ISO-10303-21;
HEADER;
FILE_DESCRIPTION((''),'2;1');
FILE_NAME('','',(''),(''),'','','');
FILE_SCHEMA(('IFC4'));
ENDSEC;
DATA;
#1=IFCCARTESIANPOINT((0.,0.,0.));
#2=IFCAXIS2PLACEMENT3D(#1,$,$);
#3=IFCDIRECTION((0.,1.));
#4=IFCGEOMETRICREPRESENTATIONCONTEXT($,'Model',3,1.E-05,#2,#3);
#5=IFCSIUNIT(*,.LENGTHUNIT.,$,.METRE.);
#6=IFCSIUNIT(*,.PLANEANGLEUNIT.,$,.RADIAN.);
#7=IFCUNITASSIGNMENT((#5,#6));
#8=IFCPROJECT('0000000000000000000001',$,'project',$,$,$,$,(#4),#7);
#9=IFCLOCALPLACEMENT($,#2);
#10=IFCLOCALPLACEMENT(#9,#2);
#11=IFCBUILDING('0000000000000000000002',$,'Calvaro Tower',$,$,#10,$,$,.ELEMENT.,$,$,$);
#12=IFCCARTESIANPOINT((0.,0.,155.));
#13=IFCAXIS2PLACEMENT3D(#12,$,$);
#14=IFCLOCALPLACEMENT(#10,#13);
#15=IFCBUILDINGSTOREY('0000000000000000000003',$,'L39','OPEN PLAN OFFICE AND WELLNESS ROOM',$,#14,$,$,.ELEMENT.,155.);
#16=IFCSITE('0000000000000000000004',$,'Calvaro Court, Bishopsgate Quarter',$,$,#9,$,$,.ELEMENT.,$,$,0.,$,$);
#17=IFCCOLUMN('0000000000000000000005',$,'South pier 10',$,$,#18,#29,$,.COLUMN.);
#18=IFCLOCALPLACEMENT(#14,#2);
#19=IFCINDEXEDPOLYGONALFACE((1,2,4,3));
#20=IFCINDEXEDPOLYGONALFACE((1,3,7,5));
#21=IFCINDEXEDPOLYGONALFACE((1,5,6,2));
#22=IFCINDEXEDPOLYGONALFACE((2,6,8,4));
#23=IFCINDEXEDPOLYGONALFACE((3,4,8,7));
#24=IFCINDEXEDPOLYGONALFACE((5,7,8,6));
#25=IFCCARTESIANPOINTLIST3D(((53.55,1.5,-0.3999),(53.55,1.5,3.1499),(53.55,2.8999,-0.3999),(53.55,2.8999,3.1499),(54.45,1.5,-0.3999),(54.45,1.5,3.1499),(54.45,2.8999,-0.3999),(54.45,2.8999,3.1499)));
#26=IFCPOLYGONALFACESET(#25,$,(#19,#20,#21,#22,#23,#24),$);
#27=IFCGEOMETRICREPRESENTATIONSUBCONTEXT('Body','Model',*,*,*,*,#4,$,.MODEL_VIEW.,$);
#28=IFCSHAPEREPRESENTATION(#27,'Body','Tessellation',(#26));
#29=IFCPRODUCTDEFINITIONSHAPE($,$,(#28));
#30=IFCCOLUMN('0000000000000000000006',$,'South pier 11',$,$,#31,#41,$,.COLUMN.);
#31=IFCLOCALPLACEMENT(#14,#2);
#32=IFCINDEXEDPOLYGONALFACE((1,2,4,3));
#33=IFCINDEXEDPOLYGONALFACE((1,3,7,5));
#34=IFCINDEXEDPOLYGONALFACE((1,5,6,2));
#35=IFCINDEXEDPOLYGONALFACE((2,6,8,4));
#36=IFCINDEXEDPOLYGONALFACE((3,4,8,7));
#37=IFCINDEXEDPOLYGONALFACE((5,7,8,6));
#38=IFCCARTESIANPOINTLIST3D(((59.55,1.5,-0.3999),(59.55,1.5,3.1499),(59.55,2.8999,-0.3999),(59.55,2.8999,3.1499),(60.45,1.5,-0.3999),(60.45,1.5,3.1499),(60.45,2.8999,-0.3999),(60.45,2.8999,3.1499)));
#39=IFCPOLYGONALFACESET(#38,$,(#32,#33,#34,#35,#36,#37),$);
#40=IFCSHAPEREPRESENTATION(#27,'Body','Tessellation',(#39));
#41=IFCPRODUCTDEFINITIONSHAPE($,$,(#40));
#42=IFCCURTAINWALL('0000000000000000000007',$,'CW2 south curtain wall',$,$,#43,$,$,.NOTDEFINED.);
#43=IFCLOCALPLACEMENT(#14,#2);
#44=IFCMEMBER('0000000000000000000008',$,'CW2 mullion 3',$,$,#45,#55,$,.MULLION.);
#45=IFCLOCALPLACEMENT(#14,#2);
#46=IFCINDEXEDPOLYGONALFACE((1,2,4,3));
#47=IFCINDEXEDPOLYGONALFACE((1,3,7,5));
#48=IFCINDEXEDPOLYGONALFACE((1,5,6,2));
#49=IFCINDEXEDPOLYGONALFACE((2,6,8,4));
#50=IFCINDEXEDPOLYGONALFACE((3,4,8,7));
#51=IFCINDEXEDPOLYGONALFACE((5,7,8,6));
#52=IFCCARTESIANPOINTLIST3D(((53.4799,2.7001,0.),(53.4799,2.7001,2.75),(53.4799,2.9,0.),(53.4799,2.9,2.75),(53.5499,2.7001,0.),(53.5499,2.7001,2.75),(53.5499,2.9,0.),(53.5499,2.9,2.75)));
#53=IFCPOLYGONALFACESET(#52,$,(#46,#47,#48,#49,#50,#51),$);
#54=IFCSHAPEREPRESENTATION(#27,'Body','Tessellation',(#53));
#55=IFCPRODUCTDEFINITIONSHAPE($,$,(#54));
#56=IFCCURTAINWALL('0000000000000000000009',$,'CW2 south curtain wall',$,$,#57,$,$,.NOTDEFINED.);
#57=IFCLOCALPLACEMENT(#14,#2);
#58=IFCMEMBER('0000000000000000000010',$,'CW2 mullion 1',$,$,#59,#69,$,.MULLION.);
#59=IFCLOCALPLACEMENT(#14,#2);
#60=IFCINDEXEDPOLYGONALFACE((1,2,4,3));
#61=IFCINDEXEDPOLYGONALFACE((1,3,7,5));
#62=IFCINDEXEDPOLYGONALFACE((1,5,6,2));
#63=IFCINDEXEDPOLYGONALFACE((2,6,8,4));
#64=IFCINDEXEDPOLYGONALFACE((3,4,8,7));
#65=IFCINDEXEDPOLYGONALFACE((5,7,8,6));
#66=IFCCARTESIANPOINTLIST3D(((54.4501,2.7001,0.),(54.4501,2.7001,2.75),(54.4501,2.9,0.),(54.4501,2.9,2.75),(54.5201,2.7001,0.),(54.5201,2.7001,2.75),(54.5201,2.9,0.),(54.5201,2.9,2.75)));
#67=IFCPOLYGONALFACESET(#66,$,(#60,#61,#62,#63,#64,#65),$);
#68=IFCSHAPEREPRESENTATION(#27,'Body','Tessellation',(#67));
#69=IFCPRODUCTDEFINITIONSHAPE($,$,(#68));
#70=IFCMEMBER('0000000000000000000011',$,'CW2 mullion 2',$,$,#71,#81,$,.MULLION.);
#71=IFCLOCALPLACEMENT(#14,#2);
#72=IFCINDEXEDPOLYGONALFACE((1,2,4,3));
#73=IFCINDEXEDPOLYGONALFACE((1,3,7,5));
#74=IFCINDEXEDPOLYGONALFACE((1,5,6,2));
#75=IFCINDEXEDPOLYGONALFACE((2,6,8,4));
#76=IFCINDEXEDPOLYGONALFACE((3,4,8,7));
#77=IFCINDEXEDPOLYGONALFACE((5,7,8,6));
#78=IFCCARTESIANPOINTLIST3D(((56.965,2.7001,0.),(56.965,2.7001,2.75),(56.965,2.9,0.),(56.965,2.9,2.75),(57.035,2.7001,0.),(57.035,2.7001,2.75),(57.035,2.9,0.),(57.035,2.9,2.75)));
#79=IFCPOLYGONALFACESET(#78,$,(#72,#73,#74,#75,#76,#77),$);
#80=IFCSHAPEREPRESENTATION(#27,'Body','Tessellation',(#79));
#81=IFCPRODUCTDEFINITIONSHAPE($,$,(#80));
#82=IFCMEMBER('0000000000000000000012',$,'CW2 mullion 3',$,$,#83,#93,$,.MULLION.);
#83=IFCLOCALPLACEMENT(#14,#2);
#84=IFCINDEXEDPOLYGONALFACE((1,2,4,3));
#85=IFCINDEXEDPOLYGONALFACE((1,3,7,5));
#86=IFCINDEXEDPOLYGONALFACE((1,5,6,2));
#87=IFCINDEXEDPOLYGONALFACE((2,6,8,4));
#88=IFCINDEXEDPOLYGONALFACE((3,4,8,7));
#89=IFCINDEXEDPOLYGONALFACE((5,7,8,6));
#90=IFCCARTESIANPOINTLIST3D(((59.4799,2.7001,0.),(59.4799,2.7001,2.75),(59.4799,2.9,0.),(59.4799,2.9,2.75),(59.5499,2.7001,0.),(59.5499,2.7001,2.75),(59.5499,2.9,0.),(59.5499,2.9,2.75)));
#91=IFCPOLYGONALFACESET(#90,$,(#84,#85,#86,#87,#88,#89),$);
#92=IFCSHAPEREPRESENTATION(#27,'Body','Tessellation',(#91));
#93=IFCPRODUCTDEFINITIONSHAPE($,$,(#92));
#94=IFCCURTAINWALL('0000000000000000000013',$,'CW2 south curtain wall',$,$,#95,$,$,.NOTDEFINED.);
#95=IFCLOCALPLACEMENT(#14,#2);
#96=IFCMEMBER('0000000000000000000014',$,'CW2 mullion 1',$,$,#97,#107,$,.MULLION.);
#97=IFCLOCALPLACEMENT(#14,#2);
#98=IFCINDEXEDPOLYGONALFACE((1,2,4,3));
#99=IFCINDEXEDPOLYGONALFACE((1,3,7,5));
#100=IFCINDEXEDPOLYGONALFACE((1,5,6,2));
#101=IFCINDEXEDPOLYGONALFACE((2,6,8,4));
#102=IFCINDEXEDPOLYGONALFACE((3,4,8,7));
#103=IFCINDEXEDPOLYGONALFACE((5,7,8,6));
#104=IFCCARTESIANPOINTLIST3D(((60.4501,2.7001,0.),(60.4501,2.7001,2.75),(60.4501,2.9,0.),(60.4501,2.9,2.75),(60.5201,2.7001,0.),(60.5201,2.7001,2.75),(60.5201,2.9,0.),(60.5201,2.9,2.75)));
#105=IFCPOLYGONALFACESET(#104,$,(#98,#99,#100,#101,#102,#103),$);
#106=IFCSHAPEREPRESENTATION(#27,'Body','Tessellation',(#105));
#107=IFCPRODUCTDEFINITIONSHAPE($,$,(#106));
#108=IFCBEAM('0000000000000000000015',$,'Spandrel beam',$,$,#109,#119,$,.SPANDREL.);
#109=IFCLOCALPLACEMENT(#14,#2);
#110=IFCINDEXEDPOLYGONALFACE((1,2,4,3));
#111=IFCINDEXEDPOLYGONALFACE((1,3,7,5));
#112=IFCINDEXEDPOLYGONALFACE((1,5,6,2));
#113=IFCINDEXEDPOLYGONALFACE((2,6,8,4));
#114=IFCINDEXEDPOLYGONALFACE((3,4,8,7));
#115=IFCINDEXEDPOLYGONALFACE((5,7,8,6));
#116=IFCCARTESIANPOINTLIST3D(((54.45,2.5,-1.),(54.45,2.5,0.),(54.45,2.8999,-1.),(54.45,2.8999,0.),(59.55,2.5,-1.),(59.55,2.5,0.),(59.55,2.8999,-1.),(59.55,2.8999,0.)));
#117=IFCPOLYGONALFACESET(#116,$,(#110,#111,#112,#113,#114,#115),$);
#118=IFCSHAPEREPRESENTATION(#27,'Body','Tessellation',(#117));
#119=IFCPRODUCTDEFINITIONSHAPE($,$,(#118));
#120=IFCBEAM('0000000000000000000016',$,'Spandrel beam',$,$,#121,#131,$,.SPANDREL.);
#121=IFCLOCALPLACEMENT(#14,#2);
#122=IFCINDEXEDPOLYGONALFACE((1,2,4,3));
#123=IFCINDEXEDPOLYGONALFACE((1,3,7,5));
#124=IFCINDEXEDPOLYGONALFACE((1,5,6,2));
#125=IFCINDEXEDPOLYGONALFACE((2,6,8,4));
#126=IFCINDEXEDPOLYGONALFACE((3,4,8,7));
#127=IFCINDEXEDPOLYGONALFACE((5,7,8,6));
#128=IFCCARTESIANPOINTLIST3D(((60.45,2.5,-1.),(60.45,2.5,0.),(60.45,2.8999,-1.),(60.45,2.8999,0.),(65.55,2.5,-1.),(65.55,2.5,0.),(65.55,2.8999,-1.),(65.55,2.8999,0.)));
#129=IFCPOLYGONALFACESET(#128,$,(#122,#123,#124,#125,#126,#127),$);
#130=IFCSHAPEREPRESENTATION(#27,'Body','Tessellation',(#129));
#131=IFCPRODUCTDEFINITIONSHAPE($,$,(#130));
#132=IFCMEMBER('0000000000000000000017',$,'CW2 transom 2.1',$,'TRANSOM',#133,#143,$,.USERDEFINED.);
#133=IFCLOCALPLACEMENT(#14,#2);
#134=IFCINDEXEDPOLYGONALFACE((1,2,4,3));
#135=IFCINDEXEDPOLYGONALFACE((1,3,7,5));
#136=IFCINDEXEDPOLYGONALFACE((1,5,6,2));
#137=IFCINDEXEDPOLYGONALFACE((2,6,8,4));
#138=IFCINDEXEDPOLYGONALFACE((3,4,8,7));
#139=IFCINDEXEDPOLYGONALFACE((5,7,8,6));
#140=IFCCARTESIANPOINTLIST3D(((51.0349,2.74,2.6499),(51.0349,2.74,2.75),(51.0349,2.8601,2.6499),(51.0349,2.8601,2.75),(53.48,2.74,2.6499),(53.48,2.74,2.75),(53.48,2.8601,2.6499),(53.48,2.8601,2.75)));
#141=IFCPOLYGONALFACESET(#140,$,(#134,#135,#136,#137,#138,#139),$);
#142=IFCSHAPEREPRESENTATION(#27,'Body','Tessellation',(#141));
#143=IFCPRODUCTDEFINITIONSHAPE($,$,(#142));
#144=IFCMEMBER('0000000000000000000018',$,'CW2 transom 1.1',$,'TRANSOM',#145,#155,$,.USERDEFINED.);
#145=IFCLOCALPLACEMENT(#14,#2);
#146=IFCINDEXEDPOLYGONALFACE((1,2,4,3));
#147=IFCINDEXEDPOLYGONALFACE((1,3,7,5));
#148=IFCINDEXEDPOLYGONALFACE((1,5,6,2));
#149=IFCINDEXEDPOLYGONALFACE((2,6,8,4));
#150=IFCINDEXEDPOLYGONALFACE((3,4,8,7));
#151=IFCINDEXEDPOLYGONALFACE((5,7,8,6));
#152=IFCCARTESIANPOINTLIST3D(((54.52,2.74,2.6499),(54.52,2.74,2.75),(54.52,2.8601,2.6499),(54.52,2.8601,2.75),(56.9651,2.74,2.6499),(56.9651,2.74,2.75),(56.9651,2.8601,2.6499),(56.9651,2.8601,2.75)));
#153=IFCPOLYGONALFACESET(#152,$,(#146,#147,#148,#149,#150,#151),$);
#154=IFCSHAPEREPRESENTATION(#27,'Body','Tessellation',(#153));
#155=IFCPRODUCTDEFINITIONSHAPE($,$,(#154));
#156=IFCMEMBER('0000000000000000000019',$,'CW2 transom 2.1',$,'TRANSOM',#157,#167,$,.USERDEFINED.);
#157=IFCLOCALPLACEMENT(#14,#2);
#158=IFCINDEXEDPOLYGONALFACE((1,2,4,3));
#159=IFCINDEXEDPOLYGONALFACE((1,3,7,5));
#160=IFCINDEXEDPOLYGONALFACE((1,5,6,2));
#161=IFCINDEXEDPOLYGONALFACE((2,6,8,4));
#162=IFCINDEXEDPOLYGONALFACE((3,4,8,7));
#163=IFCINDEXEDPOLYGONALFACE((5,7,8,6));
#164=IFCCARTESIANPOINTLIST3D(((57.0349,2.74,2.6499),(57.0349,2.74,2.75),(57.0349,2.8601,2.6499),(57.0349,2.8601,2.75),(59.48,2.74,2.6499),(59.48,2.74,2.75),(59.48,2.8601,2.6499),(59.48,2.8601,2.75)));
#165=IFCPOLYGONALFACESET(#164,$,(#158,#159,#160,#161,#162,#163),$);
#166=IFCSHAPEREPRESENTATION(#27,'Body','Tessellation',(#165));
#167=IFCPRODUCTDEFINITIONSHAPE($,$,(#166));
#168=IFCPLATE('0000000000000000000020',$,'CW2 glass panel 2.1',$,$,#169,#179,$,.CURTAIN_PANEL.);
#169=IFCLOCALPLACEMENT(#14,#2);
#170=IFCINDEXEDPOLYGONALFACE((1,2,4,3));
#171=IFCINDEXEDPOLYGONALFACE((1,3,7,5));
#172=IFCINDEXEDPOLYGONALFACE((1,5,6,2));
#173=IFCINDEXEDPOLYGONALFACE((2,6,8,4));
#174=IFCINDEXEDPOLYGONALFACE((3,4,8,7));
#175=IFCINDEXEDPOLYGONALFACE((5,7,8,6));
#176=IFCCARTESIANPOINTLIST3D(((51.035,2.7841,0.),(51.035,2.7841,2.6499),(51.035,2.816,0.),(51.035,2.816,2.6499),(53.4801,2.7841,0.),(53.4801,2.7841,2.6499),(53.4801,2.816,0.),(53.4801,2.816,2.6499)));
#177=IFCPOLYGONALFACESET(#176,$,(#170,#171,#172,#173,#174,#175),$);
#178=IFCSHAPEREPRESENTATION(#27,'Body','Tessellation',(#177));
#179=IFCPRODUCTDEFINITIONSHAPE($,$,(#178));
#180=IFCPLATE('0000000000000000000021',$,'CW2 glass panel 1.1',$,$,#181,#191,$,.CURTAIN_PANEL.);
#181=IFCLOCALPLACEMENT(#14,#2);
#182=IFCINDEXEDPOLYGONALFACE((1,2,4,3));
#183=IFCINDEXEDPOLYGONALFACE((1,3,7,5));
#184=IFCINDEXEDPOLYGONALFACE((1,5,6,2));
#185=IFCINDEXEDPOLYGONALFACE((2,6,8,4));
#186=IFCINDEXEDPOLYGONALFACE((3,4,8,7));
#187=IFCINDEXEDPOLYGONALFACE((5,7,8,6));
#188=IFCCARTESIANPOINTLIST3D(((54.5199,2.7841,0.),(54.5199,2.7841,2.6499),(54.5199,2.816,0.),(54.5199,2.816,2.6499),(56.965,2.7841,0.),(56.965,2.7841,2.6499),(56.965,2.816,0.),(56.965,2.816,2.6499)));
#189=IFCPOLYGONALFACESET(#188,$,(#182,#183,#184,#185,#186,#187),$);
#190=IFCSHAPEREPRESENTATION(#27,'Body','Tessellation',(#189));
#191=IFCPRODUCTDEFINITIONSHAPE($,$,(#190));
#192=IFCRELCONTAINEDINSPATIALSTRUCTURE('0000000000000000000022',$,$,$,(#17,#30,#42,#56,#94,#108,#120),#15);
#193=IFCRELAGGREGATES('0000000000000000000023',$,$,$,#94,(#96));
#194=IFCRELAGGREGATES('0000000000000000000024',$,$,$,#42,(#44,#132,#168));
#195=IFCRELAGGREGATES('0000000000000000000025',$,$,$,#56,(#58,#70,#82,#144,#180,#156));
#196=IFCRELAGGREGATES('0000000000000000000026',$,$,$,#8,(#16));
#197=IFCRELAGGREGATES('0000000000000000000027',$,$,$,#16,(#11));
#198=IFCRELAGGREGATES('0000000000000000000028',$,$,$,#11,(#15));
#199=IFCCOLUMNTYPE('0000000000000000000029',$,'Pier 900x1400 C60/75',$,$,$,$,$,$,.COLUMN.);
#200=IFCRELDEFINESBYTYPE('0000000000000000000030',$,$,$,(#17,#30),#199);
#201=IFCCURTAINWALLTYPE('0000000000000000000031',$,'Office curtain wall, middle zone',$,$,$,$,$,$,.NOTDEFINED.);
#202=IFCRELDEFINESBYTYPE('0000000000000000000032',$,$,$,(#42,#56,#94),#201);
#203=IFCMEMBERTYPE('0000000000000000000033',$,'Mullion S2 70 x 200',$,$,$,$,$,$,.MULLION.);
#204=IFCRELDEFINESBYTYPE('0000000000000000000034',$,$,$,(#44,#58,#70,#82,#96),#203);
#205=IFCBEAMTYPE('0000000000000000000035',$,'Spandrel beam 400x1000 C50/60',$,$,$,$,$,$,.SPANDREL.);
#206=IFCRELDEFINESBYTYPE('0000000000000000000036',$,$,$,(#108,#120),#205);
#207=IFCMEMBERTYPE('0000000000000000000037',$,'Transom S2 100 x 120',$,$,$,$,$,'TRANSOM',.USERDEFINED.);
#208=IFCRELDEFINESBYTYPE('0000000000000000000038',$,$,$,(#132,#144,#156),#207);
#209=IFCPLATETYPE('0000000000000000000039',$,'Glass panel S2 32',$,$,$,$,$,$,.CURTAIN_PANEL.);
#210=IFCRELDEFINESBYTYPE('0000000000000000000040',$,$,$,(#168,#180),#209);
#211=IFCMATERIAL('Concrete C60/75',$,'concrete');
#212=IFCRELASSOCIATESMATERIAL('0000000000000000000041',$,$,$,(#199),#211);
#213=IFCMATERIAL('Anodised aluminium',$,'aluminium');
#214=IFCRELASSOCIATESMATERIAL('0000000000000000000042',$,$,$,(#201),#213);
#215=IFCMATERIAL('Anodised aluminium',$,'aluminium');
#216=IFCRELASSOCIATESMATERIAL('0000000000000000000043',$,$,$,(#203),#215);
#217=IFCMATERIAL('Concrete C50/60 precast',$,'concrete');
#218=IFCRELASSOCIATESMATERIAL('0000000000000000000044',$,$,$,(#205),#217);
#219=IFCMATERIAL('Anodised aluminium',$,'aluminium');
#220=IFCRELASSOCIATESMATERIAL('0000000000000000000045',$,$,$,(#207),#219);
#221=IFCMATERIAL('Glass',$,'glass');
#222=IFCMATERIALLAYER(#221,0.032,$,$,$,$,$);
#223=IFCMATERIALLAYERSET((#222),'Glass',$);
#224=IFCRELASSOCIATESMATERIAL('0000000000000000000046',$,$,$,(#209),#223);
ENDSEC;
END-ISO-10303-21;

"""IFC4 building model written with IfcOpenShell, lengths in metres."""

from ifc_helpers import new_model, si_unit, direction, frame, origin, origin_2d, place, context, subcontext, project, spatial, rectangle, extrude, material, layer, layer_set, material_profile, profile_set, type_object, element, aggregate, save


model = new_model("IFC4")

# Units and contexts
model_context = context("Model", 3, precision=1e-05, world=origin(), true_north=direction((0.0, 1.0)))
body_context = subcontext(model_context, "Body", "Model", "MODEL_VIEW")
ifc_project = project(units=[si_unit("LENGTHUNIT", "METRE"), si_unit("PLANEANGLEUNIT", "RADIAN")], contexts=[model_context])

# Site, building, storey
site_placement = place(None, origin())
site = spatial("IfcSite", under=ifc_project, at=site_placement, Name="Calvaro Court, Bishopsgate Quarter", CompositionType="ELEMENT", RefElevation=0.0)
building_placement = place(site_placement, origin())
building = spatial("IfcBuilding", under=site, at=building_placement, Name="Calvaro Tower", CompositionType="ELEMENT")
storey_placement = place(building_placement, frame((0.0, 0.0, 155.0)))
storey = spatial("IfcBuildingStorey", under=building, at=storey_placement, Name="L39", Description="OPEN PLAN OFFICE AND WELLNESS ROOM", CompositionType="ELEMENT", Elevation=155.0)

# Columns
ifc_material_1 = material(Name="Concrete C60/75", Category="concrete")
ifc_material_profile_1 = material_profile(ifc_material_1, rectangle(XDim=0.8999, YDim=1.3999, at=origin_2d()), Name="RC 900x1400")
ifc_profile_set_1 = profile_set([ifc_material_profile_1], Name="Concrete C60/75")
column_type = type_object("IfcColumnType", Name="Pier 900x1400 C60/75", PredefinedType="COLUMN", material=ifc_profile_set_1)
for number, where, z_axis, x_axis, name in (
    (1, (54.0, 2.2, -0.3999), (0.0, 0.0, 1.0), (1.0, 0.0, 0.0), "South pier 10"),
    (2, (60.0, 2.2, -0.3999), (0.0, 0.0, 1.0), (1.0, 0.0, 0.0), "South pier 11"),
):
    element("IfcColumn", number, at=place(storey_placement, frame(where, z_axis=z_axis, x_axis=x_axis)), inside=storey, type_object=column_type, Name=name, PredefinedType="COLUMN", context=body_context, shape_type="SweptSolid", body=[
        extrude(rectangle(XDim=0.8999, YDim=1.3999, at=origin_2d()), origin(), (0.0, 0.0, 1.0), 3.5498),
    ])

# Curtain wall, member
ifc_material_2 = material(Name="Anodised aluminium", Category="aluminium")
curtain_wall_type = type_object("IfcCurtainWallType", Name="Office curtain wall, middle zone", PredefinedType="NOTDEFINED", material=ifc_material_2)
curtain_wall_1_placement = place(storey_placement, origin())
curtain_wall_1 = element("IfcCurtainWall", 3, at=curtain_wall_1_placement, inside=storey, type_object=curtain_wall_type, Name="CW2 south curtain wall", PredefinedType="NOTDEFINED")
ifc_material_3 = material(Name="Anodised aluminium", Category="aluminium")
ifc_material_profile_2 = material_profile(ifc_material_3, rectangle(XDim=0.2, YDim=0.0701, at=origin_2d()), Name="Mullion S2 70 x 200")
ifc_profile_set_2 = profile_set([ifc_material_profile_2], Name="Anodised aluminium")
member_type_1 = type_object("IfcMemberType", Name="Mullion S2 70 x 200", PredefinedType="MULLION", material=ifc_profile_set_2)
member_1_placement = place(storey_placement, frame((53.5149, 2.8, 0.0), z_axis=(0.0, 0.0, 1.0), x_axis=(0.0, 1.0, 0.0)))
member_1 = element("IfcMember", 4, at=member_1_placement, type_object=member_type_1, Name="CW2 mullion 3", PredefinedType="MULLION", context=body_context, shape_type="SweptSolid", body=[
    extrude(rectangle(XDim=0.2, YDim=0.0701, at=origin_2d()), origin(), (0.0, 0.0, 1.0), 2.75),
])

# Curtain wall, members
curtain_wall_2_placement = place(storey_placement, origin())
curtain_wall_2 = element("IfcCurtainWall", 5, at=curtain_wall_2_placement, inside=storey, type_object=curtain_wall_type, Name="CW2 south curtain wall", PredefinedType="NOTDEFINED")
member_2_placement = place(storey_placement, frame((54.4851, 2.8, 0.0), z_axis=(0.0, 0.0, 1.0), x_axis=(0.0, 1.0, 0.0)))
member_2 = element("IfcMember", 6, at=member_2_placement, type_object=member_type_1, Name="CW2 mullion 1", PredefinedType="MULLION", context=body_context, shape_type="SweptSolid", body=[
    extrude(rectangle(XDim=0.2, YDim=0.0701, at=origin_2d()), origin(), (0.0, 0.0, 1.0), 2.75),
])
member_3_placement = place(storey_placement, frame((57.0, 2.8, 0.0), z_axis=(0.0, 0.0, 1.0), x_axis=(0.0, 1.0, 0.0)))
member_3 = element("IfcMember", 7, at=member_3_placement, type_object=member_type_1, Name="CW2 mullion 2", PredefinedType="MULLION", context=body_context, shape_type="SweptSolid", body=[
    extrude(rectangle(XDim=0.2, YDim=0.0701, at=origin_2d()), origin(), (0.0, 0.0, 1.0), 2.75),
])
member_4_placement = place(storey_placement, frame((59.5149, 2.8, 0.0), z_axis=(0.0, 0.0, 1.0), x_axis=(0.0, 1.0, 0.0)))
member_4 = element("IfcMember", 8, at=member_4_placement, type_object=member_type_1, Name="CW2 mullion 3", PredefinedType="MULLION", context=body_context, shape_type="SweptSolid", body=[
    extrude(rectangle(XDim=0.2, YDim=0.0701, at=origin_2d()), origin(), (0.0, 0.0, 1.0), 2.75),
])

# Curtain wall, member
curtain_wall_3_placement = place(storey_placement, origin())
curtain_wall_3 = element("IfcCurtainWall", 9, at=curtain_wall_3_placement, inside=storey, type_object=curtain_wall_type, Name="CW2 south curtain wall", PredefinedType="NOTDEFINED")
member_5_placement = place(storey_placement, frame((60.4851, 2.8, 0.0), z_axis=(0.0, 0.0, 1.0), x_axis=(0.0, 1.0, 0.0)))
member_5 = element("IfcMember", 10, at=member_5_placement, type_object=member_type_1, Name="CW2 mullion 1", PredefinedType="MULLION", context=body_context, shape_type="SweptSolid", body=[
    extrude(rectangle(XDim=0.2, YDim=0.0701, at=origin_2d()), origin(), (0.0, 0.0, 1.0), 2.75),
])
aggregate(curtain_wall_3, [member_5])

# Beams
ifc_material_4 = material(Name="Concrete C50/60 precast", Category="concrete")
ifc_material_profile_3 = material_profile(ifc_material_4, rectangle(XDim=0.3999, YDim=1.0, at=origin_2d()), Name="RC 400x1000")
ifc_profile_set_3 = profile_set([ifc_material_profile_3], Name="Concrete C50/60 precast")
beam_type = type_object("IfcBeamType", Name="Spandrel beam 400x1000 C50/60", PredefinedType="SPANDREL", material=ifc_profile_set_3)
for number, where, z_axis, x_axis, name in (
    (11, (54.45, 2.7, -0.5), (1.0, 0.0, 0.0), (0.0, 1.0, 0.0), "Spandrel beam"),
    (12, (60.45, 2.7, -0.5), (1.0, 0.0, 0.0), (0.0, 1.0, 0.0), "Spandrel beam"),
):
    element("IfcBeam", number, at=place(storey_placement, frame(where, z_axis=z_axis, x_axis=x_axis)), inside=storey, type_object=beam_type, Name=name, PredefinedType="SPANDREL", context=body_context, shape_type="SweptSolid", body=[
        extrude(rectangle(XDim=0.3999, YDim=1.0, at=origin_2d()), origin(), (0.0, 0.0, 1.0), 5.1001),
    ])

# Members
ifc_material_5 = material(Name="Anodised aluminium", Category="aluminium")
ifc_material_profile_4 = material_profile(ifc_material_5, rectangle(XDim=0.1201, YDim=0.1001, at=origin_2d()), Name="Transom S2 100 x 120")
ifc_profile_set_4 = profile_set([ifc_material_profile_4], Name="Anodised aluminium")
member_type_2 = type_object("IfcMemberType", Name="Transom S2 100 x 120", ElementType="TRANSOM", PredefinedType="USERDEFINED", material=ifc_profile_set_4)
member_6_placement = place(storey_placement, frame((51.0349, 2.8, 2.7), z_axis=(1.0, 0.0, 0.0), x_axis=(0.0, 1.0, 0.0)))
member_6 = element("IfcMember", 13, at=member_6_placement, type_object=member_type_2, Name="CW2 transom 2.1", ObjectType="TRANSOM", PredefinedType="USERDEFINED", context=body_context, shape_type="SweptSolid", body=[
    extrude(rectangle(XDim=0.1201, YDim=0.1001, at=origin_2d()), origin(), (0.0, 0.0, 1.0), 2.4451),
])
member_7_placement = place(storey_placement, frame((54.52, 2.8, 2.7), z_axis=(1.0, 0.0, 0.0), x_axis=(0.0, 1.0, 0.0)))
member_7 = element("IfcMember", 14, at=member_7_placement, type_object=member_type_2, Name="CW2 transom 1.1", ObjectType="TRANSOM", PredefinedType="USERDEFINED", context=body_context, shape_type="SweptSolid", body=[
    extrude(rectangle(XDim=0.1201, YDim=0.1001, at=origin_2d()), origin(), (0.0, 0.0, 1.0), 2.4451),
])
member_8_placement = place(storey_placement, frame((57.0349, 2.8, 2.7), z_axis=(1.0, 0.0, 0.0), x_axis=(0.0, 1.0, 0.0)))
member_8 = element("IfcMember", 15, at=member_8_placement, type_object=member_type_2, Name="CW2 transom 2.1", ObjectType="TRANSOM", PredefinedType="USERDEFINED", context=body_context, shape_type="SweptSolid", body=[
    extrude(rectangle(XDim=0.1201, YDim=0.1001, at=origin_2d()), origin(), (0.0, 0.0, 1.0), 2.4451),
])

# Plates
ifc_material_6 = material(Name="Glass", Category="glass")
ifc_layer = layer(ifc_material_6, 0.032)
ifc_layer_set = layer_set([ifc_layer], Name="Glass")
plate_type = type_object("IfcPlateType", Name="Glass panel S2 32", PredefinedType="CURTAIN_PANEL", material=ifc_layer_set)
plate_1_placement = place(storey_placement, frame((52.2576, 2.8, 0.0), z_axis=(0.0, 0.0, 1.0), x_axis=(1.0, 0.0, 0.0)))
plate_1 = element("IfcPlate", 16, at=plate_1_placement, type_object=plate_type, Name="CW2 glass panel 2.1", PredefinedType="CURTAIN_PANEL", context=body_context, shape_type="SweptSolid", body=[
    extrude(rectangle(XDim=2.4451, YDim=0.032, at=origin_2d()), origin(), (0.0, 0.0, 1.0), 2.6499),
])
aggregate(curtain_wall_1, [member_1, member_6, plate_1])
plate_2_placement = place(storey_placement, frame((55.7424, 2.8, 0.0), z_axis=(0.0, 0.0, 1.0), x_axis=(1.0, 0.0, 0.0)))
plate_2 = element("IfcPlate", 17, at=plate_2_placement, type_object=plate_type, Name="CW2 glass panel 1.1", PredefinedType="CURTAIN_PANEL", context=body_context, shape_type="SweptSolid", body=[
    extrude(rectangle(XDim=2.4451, YDim=0.032, at=origin_2d()), origin(), (0.0, 0.0, 1.0), 2.6499),
])
aggregate(curtain_wall_2, [member_2, member_3, member_4, member_7, plate_2, member_8])

save(model, "model.ifc")
